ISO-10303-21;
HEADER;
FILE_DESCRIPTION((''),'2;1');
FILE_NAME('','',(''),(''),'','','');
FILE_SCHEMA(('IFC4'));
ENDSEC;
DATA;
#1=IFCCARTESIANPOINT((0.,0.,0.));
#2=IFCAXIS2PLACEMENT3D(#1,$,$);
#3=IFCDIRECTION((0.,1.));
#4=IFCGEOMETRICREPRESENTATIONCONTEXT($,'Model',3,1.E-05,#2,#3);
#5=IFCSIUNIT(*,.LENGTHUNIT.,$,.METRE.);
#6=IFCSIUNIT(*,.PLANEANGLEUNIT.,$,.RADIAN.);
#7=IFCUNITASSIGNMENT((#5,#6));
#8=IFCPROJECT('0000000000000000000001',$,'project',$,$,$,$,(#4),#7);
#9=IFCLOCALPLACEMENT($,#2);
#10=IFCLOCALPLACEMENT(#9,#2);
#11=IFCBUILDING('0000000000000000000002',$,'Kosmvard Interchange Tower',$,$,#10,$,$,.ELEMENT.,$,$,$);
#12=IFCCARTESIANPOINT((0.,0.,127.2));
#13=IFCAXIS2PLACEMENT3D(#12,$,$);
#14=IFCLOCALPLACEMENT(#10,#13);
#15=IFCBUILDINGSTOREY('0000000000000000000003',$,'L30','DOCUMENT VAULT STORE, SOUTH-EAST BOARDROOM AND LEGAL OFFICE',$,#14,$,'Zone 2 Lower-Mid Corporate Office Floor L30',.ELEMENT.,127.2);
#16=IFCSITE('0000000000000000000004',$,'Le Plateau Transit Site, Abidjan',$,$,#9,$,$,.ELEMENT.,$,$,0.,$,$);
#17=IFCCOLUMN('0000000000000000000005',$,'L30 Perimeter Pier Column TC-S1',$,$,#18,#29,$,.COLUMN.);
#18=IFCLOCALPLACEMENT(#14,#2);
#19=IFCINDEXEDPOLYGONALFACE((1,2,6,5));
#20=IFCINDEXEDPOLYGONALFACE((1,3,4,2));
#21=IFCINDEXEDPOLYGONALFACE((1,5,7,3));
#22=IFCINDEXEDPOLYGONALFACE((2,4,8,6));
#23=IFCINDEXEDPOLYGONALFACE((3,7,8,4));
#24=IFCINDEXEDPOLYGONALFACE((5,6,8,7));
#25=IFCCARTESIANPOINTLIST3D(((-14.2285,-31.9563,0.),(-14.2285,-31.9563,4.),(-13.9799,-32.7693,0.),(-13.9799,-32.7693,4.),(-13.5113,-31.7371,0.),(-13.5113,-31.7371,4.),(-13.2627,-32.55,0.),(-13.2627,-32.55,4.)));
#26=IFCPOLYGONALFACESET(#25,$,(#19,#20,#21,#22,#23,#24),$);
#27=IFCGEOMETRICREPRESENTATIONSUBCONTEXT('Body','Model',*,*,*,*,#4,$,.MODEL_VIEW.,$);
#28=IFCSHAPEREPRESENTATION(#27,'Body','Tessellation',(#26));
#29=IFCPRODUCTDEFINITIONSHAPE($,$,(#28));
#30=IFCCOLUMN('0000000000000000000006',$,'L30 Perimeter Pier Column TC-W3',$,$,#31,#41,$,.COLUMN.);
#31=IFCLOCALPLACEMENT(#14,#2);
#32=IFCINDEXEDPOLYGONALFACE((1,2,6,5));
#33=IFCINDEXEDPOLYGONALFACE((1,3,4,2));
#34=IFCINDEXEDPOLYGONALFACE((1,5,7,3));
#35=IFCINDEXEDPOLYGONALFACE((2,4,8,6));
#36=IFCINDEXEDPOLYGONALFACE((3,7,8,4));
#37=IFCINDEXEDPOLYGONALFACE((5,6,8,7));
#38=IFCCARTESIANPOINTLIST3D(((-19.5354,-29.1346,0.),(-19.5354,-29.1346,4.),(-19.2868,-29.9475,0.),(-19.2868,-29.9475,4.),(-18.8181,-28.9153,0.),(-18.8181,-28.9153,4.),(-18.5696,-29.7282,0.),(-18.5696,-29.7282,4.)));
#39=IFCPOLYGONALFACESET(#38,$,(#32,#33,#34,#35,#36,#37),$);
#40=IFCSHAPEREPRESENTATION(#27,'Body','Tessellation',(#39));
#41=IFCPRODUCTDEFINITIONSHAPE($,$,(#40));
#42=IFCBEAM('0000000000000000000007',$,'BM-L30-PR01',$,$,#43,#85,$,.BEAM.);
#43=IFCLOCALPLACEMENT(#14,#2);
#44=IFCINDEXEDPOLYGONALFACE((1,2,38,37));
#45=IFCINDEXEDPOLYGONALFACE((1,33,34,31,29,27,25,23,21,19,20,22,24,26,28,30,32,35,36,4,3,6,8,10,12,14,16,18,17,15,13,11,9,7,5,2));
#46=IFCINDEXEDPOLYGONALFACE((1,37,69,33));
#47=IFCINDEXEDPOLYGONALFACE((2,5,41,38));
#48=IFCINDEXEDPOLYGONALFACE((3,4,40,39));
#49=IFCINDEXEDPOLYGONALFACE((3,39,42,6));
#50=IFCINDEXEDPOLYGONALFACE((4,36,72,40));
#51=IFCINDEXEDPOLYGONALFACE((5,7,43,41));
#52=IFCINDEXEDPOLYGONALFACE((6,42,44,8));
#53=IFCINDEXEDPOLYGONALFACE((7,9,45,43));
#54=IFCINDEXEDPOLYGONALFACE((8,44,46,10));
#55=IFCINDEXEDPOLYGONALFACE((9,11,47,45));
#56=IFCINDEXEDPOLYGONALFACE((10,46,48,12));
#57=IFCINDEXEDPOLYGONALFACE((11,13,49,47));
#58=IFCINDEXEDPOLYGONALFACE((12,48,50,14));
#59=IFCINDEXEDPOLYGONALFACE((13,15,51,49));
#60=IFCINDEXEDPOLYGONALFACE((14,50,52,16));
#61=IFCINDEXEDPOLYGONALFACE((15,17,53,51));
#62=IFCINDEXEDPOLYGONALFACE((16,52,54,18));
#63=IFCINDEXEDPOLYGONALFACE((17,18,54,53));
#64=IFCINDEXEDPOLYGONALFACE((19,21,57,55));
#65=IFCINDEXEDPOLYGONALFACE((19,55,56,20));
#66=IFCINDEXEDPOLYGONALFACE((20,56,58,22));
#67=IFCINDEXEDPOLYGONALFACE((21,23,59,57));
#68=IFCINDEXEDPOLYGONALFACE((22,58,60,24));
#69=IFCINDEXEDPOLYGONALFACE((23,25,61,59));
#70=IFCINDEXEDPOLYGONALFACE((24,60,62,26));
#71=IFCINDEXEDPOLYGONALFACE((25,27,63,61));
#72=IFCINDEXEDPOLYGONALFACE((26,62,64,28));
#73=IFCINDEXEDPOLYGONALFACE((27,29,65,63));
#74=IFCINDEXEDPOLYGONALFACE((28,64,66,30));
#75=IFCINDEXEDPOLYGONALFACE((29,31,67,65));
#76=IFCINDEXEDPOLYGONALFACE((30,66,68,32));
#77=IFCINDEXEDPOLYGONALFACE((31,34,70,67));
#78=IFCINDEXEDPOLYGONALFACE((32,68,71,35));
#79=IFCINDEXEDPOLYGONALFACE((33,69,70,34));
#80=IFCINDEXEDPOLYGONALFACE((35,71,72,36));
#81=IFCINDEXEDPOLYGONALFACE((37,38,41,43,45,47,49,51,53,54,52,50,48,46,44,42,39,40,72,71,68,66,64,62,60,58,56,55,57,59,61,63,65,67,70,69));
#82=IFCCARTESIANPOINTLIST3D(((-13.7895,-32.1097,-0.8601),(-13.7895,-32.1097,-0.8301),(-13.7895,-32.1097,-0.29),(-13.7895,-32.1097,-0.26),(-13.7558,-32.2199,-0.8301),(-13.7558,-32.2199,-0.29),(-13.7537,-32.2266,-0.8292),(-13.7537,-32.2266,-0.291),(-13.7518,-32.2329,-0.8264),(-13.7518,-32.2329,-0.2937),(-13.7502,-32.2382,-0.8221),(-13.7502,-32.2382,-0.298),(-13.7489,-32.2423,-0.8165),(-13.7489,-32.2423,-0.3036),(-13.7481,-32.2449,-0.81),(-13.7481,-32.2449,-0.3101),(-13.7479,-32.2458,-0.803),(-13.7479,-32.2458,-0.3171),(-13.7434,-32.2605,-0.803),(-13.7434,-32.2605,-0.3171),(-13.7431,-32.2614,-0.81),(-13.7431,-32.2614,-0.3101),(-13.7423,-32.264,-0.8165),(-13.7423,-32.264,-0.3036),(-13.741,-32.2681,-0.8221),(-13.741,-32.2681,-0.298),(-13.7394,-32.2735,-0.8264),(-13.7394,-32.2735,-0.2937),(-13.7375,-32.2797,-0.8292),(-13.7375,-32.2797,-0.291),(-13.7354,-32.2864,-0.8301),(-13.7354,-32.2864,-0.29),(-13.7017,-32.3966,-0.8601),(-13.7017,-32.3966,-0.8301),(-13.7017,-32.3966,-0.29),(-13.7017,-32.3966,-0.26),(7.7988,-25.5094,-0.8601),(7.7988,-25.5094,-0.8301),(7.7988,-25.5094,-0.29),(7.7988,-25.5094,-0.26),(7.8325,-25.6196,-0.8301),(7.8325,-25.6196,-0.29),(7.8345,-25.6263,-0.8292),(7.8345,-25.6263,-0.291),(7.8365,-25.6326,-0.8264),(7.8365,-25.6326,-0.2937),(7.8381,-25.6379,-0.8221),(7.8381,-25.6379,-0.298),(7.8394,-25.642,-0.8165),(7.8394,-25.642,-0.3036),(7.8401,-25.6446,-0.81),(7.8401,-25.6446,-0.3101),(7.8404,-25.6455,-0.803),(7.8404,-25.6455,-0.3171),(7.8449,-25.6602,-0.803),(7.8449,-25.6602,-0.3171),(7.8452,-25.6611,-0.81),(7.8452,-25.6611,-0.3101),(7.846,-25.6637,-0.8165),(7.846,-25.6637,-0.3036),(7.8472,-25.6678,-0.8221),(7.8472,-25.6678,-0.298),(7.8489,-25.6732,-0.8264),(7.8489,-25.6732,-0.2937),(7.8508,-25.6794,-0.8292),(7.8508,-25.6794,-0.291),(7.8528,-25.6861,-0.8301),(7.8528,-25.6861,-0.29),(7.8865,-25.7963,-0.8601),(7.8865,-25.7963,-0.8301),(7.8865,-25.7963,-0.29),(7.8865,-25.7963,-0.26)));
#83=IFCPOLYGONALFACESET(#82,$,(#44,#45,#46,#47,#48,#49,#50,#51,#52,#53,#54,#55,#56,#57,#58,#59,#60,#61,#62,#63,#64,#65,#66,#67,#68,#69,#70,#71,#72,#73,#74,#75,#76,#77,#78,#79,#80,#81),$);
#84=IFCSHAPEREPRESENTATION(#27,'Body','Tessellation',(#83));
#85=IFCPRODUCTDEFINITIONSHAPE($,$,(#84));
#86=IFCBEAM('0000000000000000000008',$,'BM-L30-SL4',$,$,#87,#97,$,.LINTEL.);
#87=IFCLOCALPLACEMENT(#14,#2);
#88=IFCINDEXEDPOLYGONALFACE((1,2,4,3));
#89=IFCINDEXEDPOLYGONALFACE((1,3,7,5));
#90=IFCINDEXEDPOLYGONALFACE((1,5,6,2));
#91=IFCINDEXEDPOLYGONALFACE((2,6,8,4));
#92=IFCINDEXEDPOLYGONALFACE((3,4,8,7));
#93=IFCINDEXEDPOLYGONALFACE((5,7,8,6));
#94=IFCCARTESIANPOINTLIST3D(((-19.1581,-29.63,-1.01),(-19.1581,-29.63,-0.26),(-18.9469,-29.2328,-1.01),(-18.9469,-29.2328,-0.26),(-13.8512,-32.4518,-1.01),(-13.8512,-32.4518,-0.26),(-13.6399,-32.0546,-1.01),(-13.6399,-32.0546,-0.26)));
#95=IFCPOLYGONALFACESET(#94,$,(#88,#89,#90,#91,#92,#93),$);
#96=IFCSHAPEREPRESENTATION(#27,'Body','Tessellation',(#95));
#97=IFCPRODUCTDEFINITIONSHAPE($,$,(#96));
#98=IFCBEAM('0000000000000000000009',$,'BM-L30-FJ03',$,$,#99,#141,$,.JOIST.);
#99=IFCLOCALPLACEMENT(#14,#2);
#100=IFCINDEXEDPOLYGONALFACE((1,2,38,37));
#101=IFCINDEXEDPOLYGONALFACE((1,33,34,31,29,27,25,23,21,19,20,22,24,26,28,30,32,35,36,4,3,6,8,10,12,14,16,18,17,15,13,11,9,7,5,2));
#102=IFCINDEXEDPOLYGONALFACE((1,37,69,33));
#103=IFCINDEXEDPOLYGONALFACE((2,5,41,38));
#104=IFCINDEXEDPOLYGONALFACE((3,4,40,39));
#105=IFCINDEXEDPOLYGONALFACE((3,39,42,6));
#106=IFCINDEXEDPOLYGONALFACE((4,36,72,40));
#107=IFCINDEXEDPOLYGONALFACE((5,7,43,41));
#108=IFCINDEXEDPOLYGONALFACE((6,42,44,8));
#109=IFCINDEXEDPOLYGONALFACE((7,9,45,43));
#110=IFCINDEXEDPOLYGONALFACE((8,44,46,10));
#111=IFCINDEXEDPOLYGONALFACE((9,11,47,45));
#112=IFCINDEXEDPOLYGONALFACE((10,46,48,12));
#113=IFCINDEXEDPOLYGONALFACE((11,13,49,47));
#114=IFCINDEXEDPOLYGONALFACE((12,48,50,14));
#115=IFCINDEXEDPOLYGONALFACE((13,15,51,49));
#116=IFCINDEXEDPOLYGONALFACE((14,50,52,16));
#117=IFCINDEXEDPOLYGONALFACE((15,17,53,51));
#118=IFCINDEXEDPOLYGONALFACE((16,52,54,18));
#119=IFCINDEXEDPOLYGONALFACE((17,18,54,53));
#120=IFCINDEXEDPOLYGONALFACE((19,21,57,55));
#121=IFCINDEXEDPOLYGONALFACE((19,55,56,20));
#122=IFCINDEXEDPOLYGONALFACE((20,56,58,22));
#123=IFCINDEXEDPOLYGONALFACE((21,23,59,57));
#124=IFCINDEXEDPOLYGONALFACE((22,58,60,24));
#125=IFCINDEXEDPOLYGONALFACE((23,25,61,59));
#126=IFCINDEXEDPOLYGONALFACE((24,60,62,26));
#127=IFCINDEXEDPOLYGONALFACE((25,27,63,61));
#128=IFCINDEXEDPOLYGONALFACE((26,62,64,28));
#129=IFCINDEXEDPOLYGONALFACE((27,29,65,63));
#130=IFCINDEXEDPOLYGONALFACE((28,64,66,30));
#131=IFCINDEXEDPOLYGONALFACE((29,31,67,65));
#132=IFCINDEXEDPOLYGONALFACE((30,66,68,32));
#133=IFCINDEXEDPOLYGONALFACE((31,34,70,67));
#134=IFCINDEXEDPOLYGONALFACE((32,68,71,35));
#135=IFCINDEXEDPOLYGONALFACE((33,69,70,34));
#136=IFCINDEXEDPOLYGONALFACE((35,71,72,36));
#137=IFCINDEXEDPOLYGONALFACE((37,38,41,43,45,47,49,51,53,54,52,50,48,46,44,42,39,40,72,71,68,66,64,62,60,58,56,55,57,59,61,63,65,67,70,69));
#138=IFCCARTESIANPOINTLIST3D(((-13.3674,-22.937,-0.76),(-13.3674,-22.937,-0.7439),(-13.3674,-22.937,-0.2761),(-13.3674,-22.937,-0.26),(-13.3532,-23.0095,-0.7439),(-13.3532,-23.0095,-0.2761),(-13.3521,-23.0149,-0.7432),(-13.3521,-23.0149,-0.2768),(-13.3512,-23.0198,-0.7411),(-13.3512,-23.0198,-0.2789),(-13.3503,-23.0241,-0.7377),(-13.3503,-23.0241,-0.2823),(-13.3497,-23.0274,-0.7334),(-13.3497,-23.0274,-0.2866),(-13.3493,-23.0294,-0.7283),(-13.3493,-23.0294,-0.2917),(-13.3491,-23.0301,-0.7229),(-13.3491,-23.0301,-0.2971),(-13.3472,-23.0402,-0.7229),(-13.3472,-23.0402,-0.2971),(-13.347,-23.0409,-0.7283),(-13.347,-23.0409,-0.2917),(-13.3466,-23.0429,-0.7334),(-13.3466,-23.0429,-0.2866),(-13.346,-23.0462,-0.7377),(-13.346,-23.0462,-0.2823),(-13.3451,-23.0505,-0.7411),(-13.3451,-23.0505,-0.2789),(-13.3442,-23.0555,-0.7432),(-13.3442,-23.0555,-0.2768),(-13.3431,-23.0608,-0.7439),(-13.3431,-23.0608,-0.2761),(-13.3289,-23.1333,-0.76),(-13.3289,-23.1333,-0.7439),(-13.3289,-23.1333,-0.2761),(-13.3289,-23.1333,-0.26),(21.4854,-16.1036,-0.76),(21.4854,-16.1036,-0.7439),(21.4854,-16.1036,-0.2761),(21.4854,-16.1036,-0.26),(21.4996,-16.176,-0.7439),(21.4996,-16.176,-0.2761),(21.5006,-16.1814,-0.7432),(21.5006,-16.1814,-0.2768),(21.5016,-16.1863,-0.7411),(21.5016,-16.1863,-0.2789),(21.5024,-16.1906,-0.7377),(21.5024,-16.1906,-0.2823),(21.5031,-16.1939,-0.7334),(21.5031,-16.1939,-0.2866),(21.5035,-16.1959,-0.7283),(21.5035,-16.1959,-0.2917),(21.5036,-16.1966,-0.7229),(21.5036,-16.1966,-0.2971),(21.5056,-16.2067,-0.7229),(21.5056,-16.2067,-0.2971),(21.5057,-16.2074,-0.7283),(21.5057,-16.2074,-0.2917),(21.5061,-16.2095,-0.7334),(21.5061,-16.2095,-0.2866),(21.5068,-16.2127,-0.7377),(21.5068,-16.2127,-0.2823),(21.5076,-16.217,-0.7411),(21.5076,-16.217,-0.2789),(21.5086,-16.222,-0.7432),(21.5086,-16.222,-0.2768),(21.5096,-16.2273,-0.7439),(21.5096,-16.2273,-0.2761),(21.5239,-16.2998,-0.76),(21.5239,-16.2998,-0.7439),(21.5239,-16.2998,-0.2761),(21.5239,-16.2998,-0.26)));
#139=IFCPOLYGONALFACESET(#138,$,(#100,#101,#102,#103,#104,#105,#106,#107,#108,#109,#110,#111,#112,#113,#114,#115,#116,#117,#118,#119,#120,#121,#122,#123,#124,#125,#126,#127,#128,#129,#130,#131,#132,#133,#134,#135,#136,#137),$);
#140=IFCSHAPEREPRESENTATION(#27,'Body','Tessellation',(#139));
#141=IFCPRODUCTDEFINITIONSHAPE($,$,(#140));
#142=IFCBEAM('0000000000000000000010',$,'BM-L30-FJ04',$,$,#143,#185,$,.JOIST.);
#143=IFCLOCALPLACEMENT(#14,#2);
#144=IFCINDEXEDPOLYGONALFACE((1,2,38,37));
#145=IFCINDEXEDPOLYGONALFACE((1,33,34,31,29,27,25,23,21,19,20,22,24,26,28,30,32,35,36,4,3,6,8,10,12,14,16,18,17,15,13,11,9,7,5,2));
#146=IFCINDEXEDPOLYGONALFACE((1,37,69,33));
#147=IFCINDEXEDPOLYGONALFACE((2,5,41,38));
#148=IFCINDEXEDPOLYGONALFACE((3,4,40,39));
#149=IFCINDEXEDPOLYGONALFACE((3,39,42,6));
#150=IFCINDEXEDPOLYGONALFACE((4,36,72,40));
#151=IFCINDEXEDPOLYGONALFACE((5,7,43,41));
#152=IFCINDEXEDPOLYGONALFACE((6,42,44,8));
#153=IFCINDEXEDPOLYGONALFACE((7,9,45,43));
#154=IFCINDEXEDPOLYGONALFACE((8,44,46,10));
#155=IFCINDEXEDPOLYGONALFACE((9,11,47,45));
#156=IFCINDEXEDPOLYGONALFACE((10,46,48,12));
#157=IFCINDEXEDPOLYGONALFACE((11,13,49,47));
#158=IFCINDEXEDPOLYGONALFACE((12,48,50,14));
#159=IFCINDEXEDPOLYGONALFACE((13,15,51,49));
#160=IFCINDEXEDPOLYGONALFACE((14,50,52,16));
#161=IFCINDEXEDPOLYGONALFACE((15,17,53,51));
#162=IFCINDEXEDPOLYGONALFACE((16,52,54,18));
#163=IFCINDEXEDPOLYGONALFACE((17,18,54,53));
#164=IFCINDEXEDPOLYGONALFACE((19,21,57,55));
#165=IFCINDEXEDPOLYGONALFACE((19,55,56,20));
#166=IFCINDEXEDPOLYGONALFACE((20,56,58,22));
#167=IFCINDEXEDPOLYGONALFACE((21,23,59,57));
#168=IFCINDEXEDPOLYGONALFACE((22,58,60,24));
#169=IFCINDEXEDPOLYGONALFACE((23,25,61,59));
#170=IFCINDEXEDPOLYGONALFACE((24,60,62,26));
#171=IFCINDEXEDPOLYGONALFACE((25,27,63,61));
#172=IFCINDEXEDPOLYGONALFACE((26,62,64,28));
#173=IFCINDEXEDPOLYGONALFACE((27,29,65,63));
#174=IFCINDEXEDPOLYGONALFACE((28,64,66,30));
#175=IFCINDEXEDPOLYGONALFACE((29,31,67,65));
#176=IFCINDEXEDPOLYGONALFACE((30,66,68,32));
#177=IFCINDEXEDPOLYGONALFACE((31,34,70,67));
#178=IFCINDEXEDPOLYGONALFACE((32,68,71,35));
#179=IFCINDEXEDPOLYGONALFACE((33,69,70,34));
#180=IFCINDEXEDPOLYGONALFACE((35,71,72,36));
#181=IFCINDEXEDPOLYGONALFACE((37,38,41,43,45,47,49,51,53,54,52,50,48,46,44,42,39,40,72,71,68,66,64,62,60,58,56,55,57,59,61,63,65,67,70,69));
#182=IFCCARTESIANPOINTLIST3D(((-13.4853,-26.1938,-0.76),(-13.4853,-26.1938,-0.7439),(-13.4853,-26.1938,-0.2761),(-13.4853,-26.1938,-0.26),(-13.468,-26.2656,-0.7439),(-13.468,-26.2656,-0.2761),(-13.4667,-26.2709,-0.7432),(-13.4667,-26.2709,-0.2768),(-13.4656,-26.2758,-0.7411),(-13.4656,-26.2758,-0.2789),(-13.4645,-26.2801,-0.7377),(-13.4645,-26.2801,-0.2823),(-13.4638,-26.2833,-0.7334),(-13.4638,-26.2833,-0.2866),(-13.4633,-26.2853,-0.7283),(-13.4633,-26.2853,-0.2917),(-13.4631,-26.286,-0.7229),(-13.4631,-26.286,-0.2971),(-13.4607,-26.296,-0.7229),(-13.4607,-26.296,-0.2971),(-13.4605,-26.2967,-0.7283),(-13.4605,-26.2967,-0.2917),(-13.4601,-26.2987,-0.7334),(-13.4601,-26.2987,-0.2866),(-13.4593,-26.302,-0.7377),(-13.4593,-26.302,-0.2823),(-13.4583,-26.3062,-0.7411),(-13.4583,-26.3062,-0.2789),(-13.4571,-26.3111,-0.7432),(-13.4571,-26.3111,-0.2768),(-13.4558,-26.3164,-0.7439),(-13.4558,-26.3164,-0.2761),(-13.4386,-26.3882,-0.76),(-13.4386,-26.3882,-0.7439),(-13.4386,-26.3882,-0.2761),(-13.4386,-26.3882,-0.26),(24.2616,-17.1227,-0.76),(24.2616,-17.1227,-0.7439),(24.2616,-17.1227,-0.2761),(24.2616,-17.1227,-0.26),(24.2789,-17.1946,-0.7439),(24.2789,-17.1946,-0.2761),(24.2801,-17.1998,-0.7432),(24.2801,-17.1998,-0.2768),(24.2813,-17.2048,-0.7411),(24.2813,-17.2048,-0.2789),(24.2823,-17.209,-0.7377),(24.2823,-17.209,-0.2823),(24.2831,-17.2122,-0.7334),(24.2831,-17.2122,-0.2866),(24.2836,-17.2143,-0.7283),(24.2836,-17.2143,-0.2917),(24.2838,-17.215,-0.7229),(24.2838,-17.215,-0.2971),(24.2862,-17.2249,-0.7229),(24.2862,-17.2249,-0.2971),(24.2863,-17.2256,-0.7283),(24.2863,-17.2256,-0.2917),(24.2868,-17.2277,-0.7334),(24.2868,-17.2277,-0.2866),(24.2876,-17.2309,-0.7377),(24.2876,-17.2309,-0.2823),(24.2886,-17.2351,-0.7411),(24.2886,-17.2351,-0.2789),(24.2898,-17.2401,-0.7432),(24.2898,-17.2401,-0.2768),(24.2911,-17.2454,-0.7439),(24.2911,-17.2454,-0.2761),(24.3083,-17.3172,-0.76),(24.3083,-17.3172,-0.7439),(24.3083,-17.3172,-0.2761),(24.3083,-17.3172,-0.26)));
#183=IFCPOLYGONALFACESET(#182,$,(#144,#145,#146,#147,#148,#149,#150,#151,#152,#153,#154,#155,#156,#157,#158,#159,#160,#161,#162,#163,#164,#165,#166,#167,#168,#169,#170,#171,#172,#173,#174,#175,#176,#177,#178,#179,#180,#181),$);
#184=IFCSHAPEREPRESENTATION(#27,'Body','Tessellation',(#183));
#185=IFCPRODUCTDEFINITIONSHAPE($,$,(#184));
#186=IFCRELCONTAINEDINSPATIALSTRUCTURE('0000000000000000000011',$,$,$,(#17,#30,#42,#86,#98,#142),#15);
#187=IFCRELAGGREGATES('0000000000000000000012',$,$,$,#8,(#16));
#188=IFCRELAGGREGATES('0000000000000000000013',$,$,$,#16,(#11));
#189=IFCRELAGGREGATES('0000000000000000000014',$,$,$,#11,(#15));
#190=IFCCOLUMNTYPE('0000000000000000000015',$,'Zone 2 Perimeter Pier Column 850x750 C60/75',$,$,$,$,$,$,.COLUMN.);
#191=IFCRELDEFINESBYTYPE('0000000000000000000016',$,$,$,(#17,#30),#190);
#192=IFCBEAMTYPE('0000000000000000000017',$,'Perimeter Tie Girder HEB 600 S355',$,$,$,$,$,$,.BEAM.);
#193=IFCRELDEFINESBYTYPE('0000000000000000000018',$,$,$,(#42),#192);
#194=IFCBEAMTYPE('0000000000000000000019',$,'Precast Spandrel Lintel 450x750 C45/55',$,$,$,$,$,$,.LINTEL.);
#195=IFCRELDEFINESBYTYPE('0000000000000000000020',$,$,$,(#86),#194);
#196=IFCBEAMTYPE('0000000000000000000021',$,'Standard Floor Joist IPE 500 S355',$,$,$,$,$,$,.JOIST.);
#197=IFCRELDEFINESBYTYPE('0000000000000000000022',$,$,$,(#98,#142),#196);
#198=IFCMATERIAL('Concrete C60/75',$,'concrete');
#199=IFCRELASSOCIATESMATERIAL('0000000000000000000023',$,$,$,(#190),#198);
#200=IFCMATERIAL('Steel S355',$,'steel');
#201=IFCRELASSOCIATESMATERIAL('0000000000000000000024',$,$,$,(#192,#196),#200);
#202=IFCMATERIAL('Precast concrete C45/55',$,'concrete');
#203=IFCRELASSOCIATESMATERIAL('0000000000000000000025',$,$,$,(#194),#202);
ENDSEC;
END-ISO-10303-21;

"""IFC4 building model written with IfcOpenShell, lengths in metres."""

from ifc_helpers import new_model, si_unit, direction, frame, origin, origin_2d, place, context, subcontext, project, spatial, rectangle, i_section, extrude, source, transform, mapped, material, material_profile, profile_set, type_object, element, save


model = new_model("IFC4")

# Units and contexts
model_context = context("Model", 3, precision=1e-05, world=origin(), true_north=direction((0.0, 1.0)))
body_context = subcontext(model_context, "Body", "Model", "MODEL_VIEW")
ifc_project = project(units=[si_unit("LENGTHUNIT", "METRE"), si_unit("PLANEANGLEUNIT", "RADIAN")], contexts=[model_context])

# Site, building, storey
site_placement = place(None, origin())
site = spatial("IfcSite", under=ifc_project, at=site_placement, Name="Le Plateau Transit Site, Abidjan", CompositionType="ELEMENT", RefElevation=0.0)
building_placement = place(site_placement, origin())
building = spatial("IfcBuilding", under=site, at=building_placement, Name="Kosmvard Interchange Tower", CompositionType="ELEMENT")
storey_placement = place(building_placement, frame((0.0, 0.0, 127.2)))
storey = spatial("IfcBuildingStorey", under=building, at=storey_placement, Name="L30", Description="DOCUMENT VAULT STORE, SOUTH-EAST BOARDROOM AND LEGAL OFFICE", LongName="Zone 2 Lower-Mid Corporate Office Floor L30", CompositionType="ELEMENT", Elevation=127.2)

# Columns
ifc_material_1 = material(Name="Concrete C60/75", Category="concrete")
ifc_material_profile_1 = material_profile(ifc_material_1, rectangle(XDim=0.75, YDim=0.8501, at=origin_2d()), Name="TC 850x750")
ifc_profile_set_1 = profile_set([ifc_material_profile_1], Name="Concrete C60/75")
column_type = type_object("IfcColumnType", Name="Zone 2 Perimeter Pier Column 850x750 C60/75", PredefinedType="COLUMN", material=ifc_profile_set_1)
shared_shape_1 = source(origin(), body_context, "Body", "SweptSolid", [
    extrude(rectangle(XDim=0.75, YDim=0.8501, at=origin_2d()), origin(), (0.0, 0.0, 1.0), 4.0),
])
for number, where, z_axis, x_axis, name in (
    (1, (-13.7456, -32.2532, 0.0), (0.0, 0.0, 1.0), (0.956305, 0.292372, 0.0), "L30 Perimeter Pier Column TC-S1"),
    (2, (-19.0525, -29.4314, 0.0), (0.0, 0.0, 1.0), (0.956305, 0.292372, 0.0), "L30 Perimeter Pier Column TC-W3"),
):
    element("IfcColumn", number, at=place(storey_placement, frame(where, z_axis=z_axis, x_axis=x_axis)), inside=storey, type_object=column_type, Name=name, PredefinedType="COLUMN", context=body_context, shape_type="MappedRepresentation", body=[
        mapped(shared_shape_1, transform((0.0, 0.0, 0.0), scale=1.0)),
    ])

# Beams
ifc_material_2 = material(Name="Steel S355", Category="steel")
ifc_material_profile_2 = material_profile(ifc_material_2, i_section(OverallWidth=0.3, OverallDepth=0.6001, WebThickness=0.0154, FlangeThickness=0.03, FilletRadius=0.0271, at=origin_2d()), Name="HEB 600")
ifc_profile_set_2 = profile_set([ifc_material_profile_2], Name="Steel S355")
beam_type_1 = type_object("IfcBeamType", Name="Perimeter Tie Girder HEB 600 S355", PredefinedType="BEAM", material=ifc_profile_set_2)
shared_shape_2 = source(origin(), body_context, "Body", "SweptSolid", [
    extrude(i_section(OverallWidth=0.3, OverallDepth=0.6001, WebThickness=0.0154, FlangeThickness=0.03, FilletRadius=0.0271, at=origin_2d()), origin(), (0.0, 0.0, 1.0), 22.5747),
])
beam_1_placement = place(storey_placement, frame((-13.7456, -32.2532, -0.5601), z_axis=(0.956303, 0.292376, 0.0), x_axis=(-0.292376, 0.956303, 0.0)))
element("IfcBeam", 3, at=beam_1_placement, inside=storey, type_object=beam_type_1, Name="BM-L30-PR01", PredefinedType="BEAM", context=body_context, shape_type="MappedRepresentation", body=[
    mapped(shared_shape_2, transform((0.0, 0.0, 0.0), scale=1.0)),
])
ifc_material_3 = material(Name="Precast concrete C45/55", Category="concrete")
ifc_material_profile_3 = material_profile(ifc_material_3, rectangle(XDim=0.45, YDim=0.75, at=origin_2d()), Name="SL 450x750")
ifc_profile_set_3 = profile_set([ifc_material_profile_3], Name="Precast concrete C45/55")
beam_type_2 = type_object("IfcBeamType", Name="Precast Spandrel Lintel 450x750 C45/55", PredefinedType="LINTEL", material=ifc_profile_set_3)
shared_shape_3 = source(origin(), body_context, "Body", "SweptSolid", [
    extrude(rectangle(XDim=0.45, YDim=0.75, at=origin_2d()), origin(), (0.0, 0.0, 1.0), 6.0105),
])
beam_2_placement = place(storey_placement, frame((-19.0525, -29.4314, -0.635), z_axis=(0.882944, -0.469479, 0.0), x_axis=(0.469479, 0.882944, 0.0)))
element("IfcBeam", 4, at=beam_2_placement, inside=storey, type_object=beam_type_2, Name="BM-L30-SL4", PredefinedType="LINTEL", context=body_context, shape_type="MappedRepresentation", body=[
    mapped(shared_shape_3, transform((0.0, 0.0, 0.0), scale=1.0)),
])
ifc_material_profile_4 = material_profile(ifc_material_2, i_section(OverallWidth=0.2, OverallDepth=0.5, WebThickness=0.0103, FlangeThickness=0.0161, FilletRadius=0.021, at=origin_2d()), Name="IPE 500")
ifc_profile_set_4 = profile_set([ifc_material_profile_4], Name="Steel S355")
beam_type_3 = type_object("IfcBeamType", Name="Standard Floor Joist IPE 500 S355", PredefinedType="JOIST", material=ifc_profile_set_4)
shared_shape_4 = source(origin(), body_context, "Body", "SweptSolid", [
    extrude(i_section(OverallWidth=0.2, OverallDepth=0.5, WebThickness=0.0103, FlangeThickness=0.0161, FilletRadius=0.021, at=origin_2d()), origin(), (0.0, 0.0, 1.0), 35.5164),
])
beam_3_placement = place(storey_placement, frame((-13.3481, -23.0352, -0.51), z_axis=(0.981316, 0.192404, 0.0), x_axis=(-0.192404, 0.981316, 0.0)))
element("IfcBeam", 5, at=beam_3_placement, inside=storey, type_object=beam_type_3, Name="BM-L30-FJ03", PredefinedType="JOIST", context=body_context, shape_type="MappedRepresentation", body=[
    mapped(shared_shape_4, transform((0.0, 0.0, 0.0), scale=1.0)),
])
shared_shape_5 = source(origin(), body_context, "Body", "SweptSolid", [
    extrude(i_section(OverallWidth=0.2, OverallDepth=0.5, WebThickness=0.0103, FlangeThickness=0.0161, FilletRadius=0.021, at=origin_2d()), origin(), (0.0, 0.0, 1.0), 38.8215),
])
beam_4_placement = place(storey_placement, frame((-13.4619, -26.291, -0.51), z_axis=(0.972318, 0.233661, 0.0), x_axis=(-0.233661, 0.972318, 0.0)))
element("IfcBeam", 6, at=beam_4_placement, inside=storey, type_object=beam_type_3, Name="BM-L30-FJ04", PredefinedType="JOIST", context=body_context, shape_type="MappedRepresentation", body=[
    mapped(shared_shape_5, transform((0.0, 0.0, 0.0), scale=1.0)),
])

save(model, "model.ifc")
